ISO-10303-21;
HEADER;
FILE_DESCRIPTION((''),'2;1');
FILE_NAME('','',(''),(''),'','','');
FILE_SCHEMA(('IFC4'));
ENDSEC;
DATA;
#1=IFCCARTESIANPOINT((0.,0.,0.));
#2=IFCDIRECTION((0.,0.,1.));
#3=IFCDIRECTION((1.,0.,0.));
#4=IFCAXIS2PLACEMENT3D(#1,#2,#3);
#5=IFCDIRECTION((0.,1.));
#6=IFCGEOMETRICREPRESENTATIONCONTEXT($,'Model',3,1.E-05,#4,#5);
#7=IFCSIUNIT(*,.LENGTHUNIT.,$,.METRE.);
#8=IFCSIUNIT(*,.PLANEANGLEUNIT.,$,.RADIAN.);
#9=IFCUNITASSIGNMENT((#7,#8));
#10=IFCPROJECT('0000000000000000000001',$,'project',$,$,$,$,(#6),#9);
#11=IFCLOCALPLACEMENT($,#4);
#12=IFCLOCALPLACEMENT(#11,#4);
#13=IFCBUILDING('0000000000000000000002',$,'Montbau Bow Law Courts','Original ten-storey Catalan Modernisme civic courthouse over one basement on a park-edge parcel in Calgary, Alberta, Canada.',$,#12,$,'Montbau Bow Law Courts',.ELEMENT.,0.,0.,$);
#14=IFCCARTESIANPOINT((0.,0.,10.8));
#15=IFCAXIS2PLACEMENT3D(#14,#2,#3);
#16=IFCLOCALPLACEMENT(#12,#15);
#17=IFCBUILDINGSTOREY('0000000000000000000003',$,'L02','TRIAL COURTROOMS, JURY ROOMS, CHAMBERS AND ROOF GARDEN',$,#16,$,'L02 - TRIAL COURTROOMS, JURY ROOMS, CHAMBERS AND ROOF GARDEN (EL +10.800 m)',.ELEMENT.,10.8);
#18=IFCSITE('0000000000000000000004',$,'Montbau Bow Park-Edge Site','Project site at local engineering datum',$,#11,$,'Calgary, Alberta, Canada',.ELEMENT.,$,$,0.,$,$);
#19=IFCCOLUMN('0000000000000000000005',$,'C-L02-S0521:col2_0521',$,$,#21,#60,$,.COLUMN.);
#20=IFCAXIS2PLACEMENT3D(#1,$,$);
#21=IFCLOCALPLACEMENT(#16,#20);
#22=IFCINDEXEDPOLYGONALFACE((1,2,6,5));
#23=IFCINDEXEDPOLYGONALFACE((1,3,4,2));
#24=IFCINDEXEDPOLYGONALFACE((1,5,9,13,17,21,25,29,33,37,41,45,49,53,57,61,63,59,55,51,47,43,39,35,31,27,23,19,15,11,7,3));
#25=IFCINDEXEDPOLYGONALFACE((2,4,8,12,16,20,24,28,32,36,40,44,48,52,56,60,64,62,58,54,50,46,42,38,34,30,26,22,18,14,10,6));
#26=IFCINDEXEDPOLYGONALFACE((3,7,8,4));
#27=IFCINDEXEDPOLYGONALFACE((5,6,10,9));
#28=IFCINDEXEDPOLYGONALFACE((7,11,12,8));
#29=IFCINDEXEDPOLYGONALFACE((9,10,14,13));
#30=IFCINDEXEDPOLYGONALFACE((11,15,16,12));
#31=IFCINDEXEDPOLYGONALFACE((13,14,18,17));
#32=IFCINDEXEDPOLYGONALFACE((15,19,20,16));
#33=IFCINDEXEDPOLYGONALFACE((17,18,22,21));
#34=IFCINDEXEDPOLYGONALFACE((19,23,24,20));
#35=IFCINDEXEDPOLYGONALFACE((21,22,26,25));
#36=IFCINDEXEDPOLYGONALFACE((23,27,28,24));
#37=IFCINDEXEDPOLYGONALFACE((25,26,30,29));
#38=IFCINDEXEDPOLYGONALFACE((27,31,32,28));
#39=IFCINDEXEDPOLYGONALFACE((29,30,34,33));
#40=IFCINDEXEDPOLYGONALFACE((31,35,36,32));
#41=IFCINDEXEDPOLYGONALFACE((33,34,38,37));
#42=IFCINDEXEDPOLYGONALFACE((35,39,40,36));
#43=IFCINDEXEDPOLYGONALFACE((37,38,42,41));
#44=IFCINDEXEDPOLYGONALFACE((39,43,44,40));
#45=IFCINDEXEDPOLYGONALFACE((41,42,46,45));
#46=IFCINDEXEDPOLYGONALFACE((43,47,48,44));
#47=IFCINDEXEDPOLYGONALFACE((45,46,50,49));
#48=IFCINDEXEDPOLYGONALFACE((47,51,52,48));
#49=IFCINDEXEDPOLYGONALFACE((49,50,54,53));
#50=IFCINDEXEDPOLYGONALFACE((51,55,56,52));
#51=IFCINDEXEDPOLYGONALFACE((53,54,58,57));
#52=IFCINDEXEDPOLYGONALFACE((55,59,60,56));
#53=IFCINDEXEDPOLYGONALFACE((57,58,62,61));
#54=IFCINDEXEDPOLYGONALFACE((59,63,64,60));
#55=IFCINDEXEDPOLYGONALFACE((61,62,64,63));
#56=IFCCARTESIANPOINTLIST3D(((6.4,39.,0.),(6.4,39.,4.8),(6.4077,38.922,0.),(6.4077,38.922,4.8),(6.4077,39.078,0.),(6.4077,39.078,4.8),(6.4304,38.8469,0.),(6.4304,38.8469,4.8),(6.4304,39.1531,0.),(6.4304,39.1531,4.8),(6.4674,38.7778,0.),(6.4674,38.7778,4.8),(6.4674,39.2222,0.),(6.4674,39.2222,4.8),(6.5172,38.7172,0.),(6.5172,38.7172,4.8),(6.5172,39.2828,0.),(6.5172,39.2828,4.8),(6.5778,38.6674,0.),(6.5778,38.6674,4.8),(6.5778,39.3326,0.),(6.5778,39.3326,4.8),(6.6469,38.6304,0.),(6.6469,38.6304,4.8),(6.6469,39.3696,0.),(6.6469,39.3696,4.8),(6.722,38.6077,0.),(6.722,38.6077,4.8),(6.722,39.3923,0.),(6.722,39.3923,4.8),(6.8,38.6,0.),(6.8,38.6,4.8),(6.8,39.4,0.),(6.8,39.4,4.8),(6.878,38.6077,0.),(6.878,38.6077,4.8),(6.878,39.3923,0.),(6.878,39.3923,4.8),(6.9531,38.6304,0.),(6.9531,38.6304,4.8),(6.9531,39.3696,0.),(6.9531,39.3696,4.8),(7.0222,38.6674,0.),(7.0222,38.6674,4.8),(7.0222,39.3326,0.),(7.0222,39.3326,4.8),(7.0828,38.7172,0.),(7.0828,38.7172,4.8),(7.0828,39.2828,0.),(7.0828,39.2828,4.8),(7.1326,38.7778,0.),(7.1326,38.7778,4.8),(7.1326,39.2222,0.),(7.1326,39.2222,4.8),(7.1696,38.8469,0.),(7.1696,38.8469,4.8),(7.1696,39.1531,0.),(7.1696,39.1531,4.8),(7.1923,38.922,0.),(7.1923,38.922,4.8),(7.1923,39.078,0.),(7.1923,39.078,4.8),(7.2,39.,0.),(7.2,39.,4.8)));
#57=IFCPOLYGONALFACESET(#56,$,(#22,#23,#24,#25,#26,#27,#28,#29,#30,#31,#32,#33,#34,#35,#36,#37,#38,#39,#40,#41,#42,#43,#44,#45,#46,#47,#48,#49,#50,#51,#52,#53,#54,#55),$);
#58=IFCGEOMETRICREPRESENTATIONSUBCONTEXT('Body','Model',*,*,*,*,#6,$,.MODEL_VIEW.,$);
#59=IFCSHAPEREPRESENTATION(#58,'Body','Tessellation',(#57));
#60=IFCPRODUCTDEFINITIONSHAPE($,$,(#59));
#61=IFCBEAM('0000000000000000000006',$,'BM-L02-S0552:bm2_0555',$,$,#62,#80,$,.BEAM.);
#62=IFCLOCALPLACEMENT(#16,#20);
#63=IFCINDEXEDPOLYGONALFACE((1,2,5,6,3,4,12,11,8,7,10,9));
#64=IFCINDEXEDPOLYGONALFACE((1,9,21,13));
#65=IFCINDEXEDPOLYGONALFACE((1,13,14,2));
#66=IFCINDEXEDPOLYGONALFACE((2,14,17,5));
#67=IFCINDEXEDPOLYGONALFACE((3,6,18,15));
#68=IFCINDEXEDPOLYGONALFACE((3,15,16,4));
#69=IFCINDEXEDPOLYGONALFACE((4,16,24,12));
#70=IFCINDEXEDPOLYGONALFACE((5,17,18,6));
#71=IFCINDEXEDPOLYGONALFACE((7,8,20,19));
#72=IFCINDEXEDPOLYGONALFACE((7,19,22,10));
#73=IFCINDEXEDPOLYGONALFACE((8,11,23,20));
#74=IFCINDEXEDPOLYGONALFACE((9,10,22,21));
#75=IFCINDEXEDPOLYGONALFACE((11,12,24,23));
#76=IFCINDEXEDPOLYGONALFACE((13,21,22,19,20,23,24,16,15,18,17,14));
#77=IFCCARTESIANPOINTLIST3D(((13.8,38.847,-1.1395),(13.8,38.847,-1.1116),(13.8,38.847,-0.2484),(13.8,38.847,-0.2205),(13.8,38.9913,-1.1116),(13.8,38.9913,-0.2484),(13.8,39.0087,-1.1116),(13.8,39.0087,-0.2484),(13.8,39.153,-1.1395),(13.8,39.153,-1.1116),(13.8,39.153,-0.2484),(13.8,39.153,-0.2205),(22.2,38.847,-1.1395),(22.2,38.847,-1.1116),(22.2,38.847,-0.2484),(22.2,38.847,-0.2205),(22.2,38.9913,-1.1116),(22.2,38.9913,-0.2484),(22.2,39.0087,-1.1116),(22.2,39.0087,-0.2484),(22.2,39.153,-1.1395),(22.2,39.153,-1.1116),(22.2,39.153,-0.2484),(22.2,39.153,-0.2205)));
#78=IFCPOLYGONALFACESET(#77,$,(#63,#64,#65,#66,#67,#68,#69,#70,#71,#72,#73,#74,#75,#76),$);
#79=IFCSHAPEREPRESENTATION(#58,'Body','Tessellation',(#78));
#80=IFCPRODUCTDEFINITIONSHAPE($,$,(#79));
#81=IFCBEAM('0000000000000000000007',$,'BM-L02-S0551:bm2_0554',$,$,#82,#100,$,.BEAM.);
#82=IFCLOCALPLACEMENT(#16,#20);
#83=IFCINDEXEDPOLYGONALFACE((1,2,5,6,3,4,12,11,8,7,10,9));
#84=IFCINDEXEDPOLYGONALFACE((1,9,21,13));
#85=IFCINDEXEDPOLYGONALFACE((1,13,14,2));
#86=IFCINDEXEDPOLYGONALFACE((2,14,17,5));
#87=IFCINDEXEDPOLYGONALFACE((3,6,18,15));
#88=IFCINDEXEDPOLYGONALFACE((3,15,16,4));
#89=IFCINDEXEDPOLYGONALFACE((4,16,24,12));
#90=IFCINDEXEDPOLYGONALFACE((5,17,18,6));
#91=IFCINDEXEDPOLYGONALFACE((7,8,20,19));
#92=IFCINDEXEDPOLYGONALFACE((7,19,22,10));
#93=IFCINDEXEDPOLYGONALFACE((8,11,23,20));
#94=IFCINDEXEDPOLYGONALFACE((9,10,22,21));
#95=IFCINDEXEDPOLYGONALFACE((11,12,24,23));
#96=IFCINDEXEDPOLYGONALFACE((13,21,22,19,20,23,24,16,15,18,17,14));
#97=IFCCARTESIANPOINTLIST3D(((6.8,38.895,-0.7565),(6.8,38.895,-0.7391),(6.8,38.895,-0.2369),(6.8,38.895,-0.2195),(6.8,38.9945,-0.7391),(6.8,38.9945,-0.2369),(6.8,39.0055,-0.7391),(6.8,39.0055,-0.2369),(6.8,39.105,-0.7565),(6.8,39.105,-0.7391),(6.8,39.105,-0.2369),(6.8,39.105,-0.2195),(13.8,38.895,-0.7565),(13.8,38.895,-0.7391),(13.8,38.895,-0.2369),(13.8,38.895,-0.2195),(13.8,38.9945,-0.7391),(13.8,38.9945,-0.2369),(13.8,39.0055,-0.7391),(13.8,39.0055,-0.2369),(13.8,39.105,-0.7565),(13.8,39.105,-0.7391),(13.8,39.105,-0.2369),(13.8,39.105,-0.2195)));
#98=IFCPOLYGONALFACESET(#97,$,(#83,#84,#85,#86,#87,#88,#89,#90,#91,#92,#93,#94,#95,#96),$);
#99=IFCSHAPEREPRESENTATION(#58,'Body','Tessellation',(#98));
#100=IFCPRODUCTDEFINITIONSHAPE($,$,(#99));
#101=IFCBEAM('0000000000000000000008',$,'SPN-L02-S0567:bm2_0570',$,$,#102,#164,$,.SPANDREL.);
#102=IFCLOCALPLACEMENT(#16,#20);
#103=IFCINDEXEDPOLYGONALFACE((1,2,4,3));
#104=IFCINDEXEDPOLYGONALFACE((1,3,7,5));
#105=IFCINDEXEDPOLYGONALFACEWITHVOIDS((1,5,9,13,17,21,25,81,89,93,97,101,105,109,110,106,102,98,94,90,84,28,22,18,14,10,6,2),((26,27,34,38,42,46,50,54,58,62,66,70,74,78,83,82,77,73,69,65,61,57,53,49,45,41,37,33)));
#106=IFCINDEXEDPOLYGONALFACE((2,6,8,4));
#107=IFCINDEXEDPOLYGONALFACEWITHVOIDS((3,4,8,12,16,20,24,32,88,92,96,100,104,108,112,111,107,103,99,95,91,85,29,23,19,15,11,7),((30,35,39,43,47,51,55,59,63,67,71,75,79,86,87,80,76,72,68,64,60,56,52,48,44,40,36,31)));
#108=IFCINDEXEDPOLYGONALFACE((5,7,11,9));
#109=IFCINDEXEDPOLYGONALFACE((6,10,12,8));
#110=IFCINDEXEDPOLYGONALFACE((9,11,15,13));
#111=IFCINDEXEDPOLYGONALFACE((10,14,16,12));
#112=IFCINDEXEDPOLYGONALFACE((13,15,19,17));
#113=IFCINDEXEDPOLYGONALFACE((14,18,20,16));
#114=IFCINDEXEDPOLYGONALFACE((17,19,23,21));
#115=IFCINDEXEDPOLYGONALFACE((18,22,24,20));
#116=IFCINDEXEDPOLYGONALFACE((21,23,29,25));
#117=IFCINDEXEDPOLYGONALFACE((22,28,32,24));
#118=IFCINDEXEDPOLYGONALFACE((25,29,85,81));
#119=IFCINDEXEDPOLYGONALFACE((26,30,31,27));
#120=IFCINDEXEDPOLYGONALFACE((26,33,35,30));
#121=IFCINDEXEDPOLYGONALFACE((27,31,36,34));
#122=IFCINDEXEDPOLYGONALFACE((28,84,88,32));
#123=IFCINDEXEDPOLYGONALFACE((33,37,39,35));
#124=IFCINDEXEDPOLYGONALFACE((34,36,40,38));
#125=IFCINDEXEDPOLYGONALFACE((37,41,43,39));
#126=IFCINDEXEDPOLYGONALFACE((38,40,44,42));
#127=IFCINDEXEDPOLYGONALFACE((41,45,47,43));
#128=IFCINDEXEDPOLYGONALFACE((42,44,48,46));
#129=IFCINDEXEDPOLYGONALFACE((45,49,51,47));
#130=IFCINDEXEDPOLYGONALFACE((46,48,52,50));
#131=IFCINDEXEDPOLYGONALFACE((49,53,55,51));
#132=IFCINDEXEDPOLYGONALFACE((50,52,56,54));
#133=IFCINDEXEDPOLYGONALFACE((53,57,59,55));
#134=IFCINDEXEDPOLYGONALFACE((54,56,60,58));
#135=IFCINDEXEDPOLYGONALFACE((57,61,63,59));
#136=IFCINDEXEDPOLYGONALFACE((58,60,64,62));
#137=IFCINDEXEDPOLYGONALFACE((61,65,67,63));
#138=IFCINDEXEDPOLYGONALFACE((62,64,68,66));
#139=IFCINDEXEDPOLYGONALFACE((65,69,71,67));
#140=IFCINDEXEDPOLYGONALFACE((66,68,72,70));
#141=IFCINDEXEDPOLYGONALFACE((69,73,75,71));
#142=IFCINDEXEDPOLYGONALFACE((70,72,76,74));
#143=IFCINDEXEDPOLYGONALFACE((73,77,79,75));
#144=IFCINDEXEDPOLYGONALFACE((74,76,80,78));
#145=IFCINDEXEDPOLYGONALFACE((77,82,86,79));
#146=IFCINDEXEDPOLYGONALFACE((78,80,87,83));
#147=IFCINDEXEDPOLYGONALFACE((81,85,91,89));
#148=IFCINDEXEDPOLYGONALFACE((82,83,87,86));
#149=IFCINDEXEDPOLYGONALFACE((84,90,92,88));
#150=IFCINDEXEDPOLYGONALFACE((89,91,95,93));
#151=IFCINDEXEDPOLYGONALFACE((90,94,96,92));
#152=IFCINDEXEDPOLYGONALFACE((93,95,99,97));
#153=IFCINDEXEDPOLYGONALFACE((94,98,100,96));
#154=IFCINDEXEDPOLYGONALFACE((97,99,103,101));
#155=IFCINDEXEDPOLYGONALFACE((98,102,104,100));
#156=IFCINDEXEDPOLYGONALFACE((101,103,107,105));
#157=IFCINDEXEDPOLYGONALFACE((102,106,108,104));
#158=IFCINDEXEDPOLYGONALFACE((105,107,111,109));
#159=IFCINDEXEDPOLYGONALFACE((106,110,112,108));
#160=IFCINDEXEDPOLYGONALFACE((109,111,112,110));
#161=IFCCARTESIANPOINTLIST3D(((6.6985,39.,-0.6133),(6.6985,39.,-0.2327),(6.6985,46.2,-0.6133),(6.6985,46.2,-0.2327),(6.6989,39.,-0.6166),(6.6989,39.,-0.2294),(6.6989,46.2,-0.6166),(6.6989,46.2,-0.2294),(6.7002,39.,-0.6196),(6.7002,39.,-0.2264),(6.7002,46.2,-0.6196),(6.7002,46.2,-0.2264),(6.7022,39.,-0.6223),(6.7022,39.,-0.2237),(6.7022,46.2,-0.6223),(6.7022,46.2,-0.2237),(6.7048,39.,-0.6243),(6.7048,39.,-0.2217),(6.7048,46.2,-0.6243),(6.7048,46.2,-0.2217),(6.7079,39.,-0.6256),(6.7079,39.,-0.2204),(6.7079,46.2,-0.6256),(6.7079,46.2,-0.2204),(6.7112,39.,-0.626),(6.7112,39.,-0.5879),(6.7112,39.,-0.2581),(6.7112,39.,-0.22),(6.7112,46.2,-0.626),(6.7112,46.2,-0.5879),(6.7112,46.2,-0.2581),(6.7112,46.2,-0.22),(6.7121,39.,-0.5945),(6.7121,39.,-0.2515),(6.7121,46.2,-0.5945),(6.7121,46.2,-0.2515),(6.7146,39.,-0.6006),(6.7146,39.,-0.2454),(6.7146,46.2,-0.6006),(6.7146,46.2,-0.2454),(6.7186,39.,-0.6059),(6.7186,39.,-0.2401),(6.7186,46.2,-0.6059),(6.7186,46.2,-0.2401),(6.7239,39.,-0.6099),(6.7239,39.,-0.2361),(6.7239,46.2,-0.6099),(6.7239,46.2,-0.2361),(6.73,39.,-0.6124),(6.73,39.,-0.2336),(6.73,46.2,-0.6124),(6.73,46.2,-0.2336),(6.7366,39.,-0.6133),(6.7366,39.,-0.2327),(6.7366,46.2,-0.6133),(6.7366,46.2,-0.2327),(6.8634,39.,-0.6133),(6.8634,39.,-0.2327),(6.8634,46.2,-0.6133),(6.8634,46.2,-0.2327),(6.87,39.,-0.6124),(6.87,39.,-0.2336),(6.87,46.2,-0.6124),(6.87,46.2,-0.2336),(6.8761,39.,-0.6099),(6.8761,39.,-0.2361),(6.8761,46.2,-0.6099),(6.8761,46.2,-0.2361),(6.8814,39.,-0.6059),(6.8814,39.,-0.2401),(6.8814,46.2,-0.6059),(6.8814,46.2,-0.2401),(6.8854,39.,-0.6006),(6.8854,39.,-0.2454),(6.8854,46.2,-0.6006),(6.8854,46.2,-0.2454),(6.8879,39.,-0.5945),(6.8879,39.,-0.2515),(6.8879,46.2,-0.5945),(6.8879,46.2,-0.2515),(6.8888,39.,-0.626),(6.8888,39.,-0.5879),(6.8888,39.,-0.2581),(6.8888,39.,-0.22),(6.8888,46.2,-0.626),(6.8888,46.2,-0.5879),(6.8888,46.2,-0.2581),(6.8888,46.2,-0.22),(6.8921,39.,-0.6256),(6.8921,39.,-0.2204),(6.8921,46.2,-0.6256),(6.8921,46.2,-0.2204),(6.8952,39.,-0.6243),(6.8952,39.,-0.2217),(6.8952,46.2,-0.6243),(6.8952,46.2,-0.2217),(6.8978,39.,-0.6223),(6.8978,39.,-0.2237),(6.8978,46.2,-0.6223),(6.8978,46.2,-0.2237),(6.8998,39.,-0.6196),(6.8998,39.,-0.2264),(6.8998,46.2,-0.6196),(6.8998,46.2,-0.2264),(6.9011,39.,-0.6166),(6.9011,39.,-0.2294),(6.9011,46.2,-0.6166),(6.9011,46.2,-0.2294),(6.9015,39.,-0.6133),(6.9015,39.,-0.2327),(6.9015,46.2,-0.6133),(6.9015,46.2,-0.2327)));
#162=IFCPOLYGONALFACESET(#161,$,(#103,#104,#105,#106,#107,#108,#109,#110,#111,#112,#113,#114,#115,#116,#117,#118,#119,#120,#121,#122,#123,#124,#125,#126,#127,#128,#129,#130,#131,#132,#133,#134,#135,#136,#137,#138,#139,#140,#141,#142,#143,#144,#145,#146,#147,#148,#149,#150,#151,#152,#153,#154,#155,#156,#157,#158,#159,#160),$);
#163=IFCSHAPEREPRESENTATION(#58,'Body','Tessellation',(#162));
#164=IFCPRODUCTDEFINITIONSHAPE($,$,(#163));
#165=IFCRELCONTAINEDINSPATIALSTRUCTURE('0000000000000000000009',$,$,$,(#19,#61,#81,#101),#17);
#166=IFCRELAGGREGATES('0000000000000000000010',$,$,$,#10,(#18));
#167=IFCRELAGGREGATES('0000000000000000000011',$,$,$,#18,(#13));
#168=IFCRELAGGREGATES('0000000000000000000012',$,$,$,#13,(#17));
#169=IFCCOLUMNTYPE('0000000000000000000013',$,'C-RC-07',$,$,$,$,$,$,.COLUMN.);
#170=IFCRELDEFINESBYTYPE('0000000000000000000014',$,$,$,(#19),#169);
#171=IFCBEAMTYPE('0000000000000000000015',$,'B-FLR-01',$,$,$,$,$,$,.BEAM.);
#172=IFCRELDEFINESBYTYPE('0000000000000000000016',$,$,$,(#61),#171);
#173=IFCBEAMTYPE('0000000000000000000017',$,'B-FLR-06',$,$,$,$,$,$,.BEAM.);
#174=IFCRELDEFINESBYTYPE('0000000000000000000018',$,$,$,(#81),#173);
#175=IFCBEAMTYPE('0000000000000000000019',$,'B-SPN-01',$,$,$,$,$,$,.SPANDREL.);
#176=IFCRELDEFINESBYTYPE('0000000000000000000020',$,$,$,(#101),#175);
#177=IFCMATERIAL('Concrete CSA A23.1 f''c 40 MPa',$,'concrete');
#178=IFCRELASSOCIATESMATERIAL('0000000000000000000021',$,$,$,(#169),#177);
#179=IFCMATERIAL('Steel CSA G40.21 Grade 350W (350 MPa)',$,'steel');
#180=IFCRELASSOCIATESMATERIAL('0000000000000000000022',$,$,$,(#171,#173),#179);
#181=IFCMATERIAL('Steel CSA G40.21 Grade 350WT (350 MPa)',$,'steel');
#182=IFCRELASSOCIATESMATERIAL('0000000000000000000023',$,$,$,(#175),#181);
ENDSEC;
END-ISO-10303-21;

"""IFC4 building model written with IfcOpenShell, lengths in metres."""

from ifc_helpers import new_model, si_unit, direction, frame, origin_with_axes, origin_2d_with_axis, place, context, subcontext, project, spatial, hollow_rectangle, circle, i_section, extrude, material, material_profile, profile_set, type_object, element, save


model = new_model("IFC4")

# Units and contexts
model_context = context("Model", 3, precision=1e-05, world=origin_with_axes(), true_north=direction((0.0, 1.0)))
body_context = subcontext(model_context, "Body", "Model", "MODEL_VIEW")
ifc_project = project(units=[si_unit("LENGTHUNIT", "METRE"), si_unit("PLANEANGLEUNIT", "RADIAN")], contexts=[model_context])

# Site, building, storey
site_placement = place(None, origin_with_axes())
site = spatial("IfcSite", under=ifc_project, at=site_placement, Name="Montbau Bow Park-Edge Site", Description="Project site at local engineering datum", LongName="Calgary, Alberta, Canada", CompositionType="ELEMENT", RefElevation=0.0)
building_placement = place(site_placement, origin_with_axes())
building = spatial("IfcBuilding", under=site, at=building_placement, Name="Montbau Bow Law Courts", Description="Original ten-storey Catalan Modernisme civic courthouse over one basement on a park-edge parcel in Calgary, Alberta, Canada.", LongName="Montbau Bow Law Courts", CompositionType="ELEMENT", ElevationOfRefHeight=0.0, ElevationOfTerrain=0.0)
storey_placement = place(building_placement, frame((0.0, 0.0, 10.8), z_axis=(0.0, 0.0, 1.0), x_axis=(1.0, 0.0, 0.0)))
storey = spatial("IfcBuildingStorey", under=building, at=storey_placement, Name="L02", Description="TRIAL COURTROOMS, JURY ROOMS, CHAMBERS AND ROOF GARDEN", LongName="L02 - TRIAL COURTROOMS, JURY ROOMS, CHAMBERS AND ROOF GARDEN (EL +10.800 m)", CompositionType="ELEMENT", Elevation=10.8)

# Column
ifc_material_1 = material(Name="Concrete CSA A23.1 f'c 40 MPa", Category="concrete")
ifc_material_profile_1 = material_profile(ifc_material_1, circle(Radius=0.4, at=origin_2d_with_axis()), Name="RC800D", Category="Main", Priority=0)
ifc_profile_set_1 = profile_set([ifc_material_profile_1], Name="Concrete CSA A23.1 f'c 40 MPa")
column_type = type_object("IfcColumnType", Name="C-RC-07", PredefinedType="COLUMN", material=ifc_profile_set_1)
column_placement = place(None, frame((6.8, 39.0, 10.8), z_axis=(0.0, 0.0, 1.0), x_axis=(1.0, 0.0, 0.0)))
element("IfcColumn", 1, at=column_placement, inside=storey, type_object=column_type, Name="C-L02-S0521:col2_0521", PredefinedType="COLUMN", context=body_context, shape_type="SweptSolid", body=[
    extrude(circle(Radius=0.4, at=origin_2d_with_axis()), origin_with_axes(), (0.0, 0.0, 1.0), 4.8),
])

# Beams
ifc_material_2 = material(Name="Steel CSA G40.21 Grade 350W (350 MPa)", Category="steel")
ifc_material_profile_2 = material_profile(ifc_material_2, i_section(OverallWidth=0.306, OverallDepth=0.919, WebThickness=0.0173, FlangeThickness=0.0279, at=origin_2d_with_axis()), Name="W920X253", Category="Main", Priority=0)
ifc_profile_set_2 = profile_set([ifc_material_profile_2], Name="Steel CSA G40.21 Grade 350W (350 MPa)")
beam_type_1 = type_object("IfcBeamType", Name="B-FLR-01", PredefinedType="BEAM", material=ifc_profile_set_2)
beam_1_placement = place(None, frame((13.8, 39.0, 10.12), z_axis=(1.0, 0.0, 0.0), x_axis=(0.0, 1.0, 0.0)))
element("IfcBeam", 2, at=beam_1_placement, inside=storey, type_object=beam_type_1, Name="BM-L02-S0552:bm2_0555", PredefinedType="BEAM", context=body_context, shape_type="SweptSolid", body=[
    extrude(i_section(OverallWidth=0.306, OverallDepth=0.919, WebThickness=0.0173, FlangeThickness=0.0279, at=origin_2d_with_axis()), origin_with_axes(), (0.0, 0.0, 1.0), 8.4),
])
ifc_material_profile_3 = material_profile(ifc_material_2, i_section(OverallWidth=0.21, OverallDepth=0.537, WebThickness=0.0109, FlangeThickness=0.0174, at=origin_2d_with_axis()), Name="W530X101", Category="Main", Priority=0)
ifc_profile_set_3 = profile_set([ifc_material_profile_3], Name="Steel CSA G40.21 Grade 350W (350 MPa)")
beam_type_2 = type_object("IfcBeamType", Name="B-FLR-06", PredefinedType="BEAM", material=ifc_profile_set_3)
beam_2_placement = place(None, frame((6.8, 39.0, 10.312), z_axis=(1.0, 0.0, 0.0), x_axis=(0.0, 1.0, 0.0)))
element("IfcBeam", 3, at=beam_2_placement, inside=storey, type_object=beam_type_2, Name="BM-L02-S0551:bm2_0554", PredefinedType="BEAM", context=body_context, shape_type="SweptSolid", body=[
    extrude(i_section(OverallWidth=0.21, OverallDepth=0.537, WebThickness=0.0109, FlangeThickness=0.0174, at=origin_2d_with_axis()), origin_with_axes(), (0.0, 0.0, 1.0), 7.0),
])
ifc_material_3 = material(Name="Steel CSA G40.21 Grade 350WT (350 MPa)", Category="steel")
ifc_material_profile_4 = material_profile(ifc_material_3, hollow_rectangle(XDim=0.203, YDim=0.406, WallThickness=0.0127, InnerFilletRadius=0.0254, OuterFilletRadius=0.0127, at=origin_2d_with_axis()), Name="HSS406X203X13", Category="Main", Priority=0)
ifc_profile_set_4 = profile_set([ifc_material_profile_4], Name="Steel CSA G40.21 Grade 350WT (350 MPa)")
beam_type_3 = type_object("IfcBeamType", Name="B-SPN-01", PredefinedType="SPANDREL", material=ifc_profile_set_4)
beam_3_placement = place(None, frame((6.8, 39.0, 10.377), z_axis=(0.0, 1.0, 0.0), x_axis=(-1.0, 0.0, 0.0)))
element("IfcBeam", 4, at=beam_3_placement, inside=storey, type_object=beam_type_3, Name="SPN-L02-S0567:bm2_0570", PredefinedType="SPANDREL", context=body_context, shape_type="SweptSolid", body=[
    extrude(hollow_rectangle(XDim=0.203, YDim=0.406, WallThickness=0.0127, InnerFilletRadius=0.0254, OuterFilletRadius=0.0127, at=origin_2d_with_axis()), origin_with_axes(), (0.0, 0.0, 1.0), 7.2),
])

save(model, "model.ifc")
